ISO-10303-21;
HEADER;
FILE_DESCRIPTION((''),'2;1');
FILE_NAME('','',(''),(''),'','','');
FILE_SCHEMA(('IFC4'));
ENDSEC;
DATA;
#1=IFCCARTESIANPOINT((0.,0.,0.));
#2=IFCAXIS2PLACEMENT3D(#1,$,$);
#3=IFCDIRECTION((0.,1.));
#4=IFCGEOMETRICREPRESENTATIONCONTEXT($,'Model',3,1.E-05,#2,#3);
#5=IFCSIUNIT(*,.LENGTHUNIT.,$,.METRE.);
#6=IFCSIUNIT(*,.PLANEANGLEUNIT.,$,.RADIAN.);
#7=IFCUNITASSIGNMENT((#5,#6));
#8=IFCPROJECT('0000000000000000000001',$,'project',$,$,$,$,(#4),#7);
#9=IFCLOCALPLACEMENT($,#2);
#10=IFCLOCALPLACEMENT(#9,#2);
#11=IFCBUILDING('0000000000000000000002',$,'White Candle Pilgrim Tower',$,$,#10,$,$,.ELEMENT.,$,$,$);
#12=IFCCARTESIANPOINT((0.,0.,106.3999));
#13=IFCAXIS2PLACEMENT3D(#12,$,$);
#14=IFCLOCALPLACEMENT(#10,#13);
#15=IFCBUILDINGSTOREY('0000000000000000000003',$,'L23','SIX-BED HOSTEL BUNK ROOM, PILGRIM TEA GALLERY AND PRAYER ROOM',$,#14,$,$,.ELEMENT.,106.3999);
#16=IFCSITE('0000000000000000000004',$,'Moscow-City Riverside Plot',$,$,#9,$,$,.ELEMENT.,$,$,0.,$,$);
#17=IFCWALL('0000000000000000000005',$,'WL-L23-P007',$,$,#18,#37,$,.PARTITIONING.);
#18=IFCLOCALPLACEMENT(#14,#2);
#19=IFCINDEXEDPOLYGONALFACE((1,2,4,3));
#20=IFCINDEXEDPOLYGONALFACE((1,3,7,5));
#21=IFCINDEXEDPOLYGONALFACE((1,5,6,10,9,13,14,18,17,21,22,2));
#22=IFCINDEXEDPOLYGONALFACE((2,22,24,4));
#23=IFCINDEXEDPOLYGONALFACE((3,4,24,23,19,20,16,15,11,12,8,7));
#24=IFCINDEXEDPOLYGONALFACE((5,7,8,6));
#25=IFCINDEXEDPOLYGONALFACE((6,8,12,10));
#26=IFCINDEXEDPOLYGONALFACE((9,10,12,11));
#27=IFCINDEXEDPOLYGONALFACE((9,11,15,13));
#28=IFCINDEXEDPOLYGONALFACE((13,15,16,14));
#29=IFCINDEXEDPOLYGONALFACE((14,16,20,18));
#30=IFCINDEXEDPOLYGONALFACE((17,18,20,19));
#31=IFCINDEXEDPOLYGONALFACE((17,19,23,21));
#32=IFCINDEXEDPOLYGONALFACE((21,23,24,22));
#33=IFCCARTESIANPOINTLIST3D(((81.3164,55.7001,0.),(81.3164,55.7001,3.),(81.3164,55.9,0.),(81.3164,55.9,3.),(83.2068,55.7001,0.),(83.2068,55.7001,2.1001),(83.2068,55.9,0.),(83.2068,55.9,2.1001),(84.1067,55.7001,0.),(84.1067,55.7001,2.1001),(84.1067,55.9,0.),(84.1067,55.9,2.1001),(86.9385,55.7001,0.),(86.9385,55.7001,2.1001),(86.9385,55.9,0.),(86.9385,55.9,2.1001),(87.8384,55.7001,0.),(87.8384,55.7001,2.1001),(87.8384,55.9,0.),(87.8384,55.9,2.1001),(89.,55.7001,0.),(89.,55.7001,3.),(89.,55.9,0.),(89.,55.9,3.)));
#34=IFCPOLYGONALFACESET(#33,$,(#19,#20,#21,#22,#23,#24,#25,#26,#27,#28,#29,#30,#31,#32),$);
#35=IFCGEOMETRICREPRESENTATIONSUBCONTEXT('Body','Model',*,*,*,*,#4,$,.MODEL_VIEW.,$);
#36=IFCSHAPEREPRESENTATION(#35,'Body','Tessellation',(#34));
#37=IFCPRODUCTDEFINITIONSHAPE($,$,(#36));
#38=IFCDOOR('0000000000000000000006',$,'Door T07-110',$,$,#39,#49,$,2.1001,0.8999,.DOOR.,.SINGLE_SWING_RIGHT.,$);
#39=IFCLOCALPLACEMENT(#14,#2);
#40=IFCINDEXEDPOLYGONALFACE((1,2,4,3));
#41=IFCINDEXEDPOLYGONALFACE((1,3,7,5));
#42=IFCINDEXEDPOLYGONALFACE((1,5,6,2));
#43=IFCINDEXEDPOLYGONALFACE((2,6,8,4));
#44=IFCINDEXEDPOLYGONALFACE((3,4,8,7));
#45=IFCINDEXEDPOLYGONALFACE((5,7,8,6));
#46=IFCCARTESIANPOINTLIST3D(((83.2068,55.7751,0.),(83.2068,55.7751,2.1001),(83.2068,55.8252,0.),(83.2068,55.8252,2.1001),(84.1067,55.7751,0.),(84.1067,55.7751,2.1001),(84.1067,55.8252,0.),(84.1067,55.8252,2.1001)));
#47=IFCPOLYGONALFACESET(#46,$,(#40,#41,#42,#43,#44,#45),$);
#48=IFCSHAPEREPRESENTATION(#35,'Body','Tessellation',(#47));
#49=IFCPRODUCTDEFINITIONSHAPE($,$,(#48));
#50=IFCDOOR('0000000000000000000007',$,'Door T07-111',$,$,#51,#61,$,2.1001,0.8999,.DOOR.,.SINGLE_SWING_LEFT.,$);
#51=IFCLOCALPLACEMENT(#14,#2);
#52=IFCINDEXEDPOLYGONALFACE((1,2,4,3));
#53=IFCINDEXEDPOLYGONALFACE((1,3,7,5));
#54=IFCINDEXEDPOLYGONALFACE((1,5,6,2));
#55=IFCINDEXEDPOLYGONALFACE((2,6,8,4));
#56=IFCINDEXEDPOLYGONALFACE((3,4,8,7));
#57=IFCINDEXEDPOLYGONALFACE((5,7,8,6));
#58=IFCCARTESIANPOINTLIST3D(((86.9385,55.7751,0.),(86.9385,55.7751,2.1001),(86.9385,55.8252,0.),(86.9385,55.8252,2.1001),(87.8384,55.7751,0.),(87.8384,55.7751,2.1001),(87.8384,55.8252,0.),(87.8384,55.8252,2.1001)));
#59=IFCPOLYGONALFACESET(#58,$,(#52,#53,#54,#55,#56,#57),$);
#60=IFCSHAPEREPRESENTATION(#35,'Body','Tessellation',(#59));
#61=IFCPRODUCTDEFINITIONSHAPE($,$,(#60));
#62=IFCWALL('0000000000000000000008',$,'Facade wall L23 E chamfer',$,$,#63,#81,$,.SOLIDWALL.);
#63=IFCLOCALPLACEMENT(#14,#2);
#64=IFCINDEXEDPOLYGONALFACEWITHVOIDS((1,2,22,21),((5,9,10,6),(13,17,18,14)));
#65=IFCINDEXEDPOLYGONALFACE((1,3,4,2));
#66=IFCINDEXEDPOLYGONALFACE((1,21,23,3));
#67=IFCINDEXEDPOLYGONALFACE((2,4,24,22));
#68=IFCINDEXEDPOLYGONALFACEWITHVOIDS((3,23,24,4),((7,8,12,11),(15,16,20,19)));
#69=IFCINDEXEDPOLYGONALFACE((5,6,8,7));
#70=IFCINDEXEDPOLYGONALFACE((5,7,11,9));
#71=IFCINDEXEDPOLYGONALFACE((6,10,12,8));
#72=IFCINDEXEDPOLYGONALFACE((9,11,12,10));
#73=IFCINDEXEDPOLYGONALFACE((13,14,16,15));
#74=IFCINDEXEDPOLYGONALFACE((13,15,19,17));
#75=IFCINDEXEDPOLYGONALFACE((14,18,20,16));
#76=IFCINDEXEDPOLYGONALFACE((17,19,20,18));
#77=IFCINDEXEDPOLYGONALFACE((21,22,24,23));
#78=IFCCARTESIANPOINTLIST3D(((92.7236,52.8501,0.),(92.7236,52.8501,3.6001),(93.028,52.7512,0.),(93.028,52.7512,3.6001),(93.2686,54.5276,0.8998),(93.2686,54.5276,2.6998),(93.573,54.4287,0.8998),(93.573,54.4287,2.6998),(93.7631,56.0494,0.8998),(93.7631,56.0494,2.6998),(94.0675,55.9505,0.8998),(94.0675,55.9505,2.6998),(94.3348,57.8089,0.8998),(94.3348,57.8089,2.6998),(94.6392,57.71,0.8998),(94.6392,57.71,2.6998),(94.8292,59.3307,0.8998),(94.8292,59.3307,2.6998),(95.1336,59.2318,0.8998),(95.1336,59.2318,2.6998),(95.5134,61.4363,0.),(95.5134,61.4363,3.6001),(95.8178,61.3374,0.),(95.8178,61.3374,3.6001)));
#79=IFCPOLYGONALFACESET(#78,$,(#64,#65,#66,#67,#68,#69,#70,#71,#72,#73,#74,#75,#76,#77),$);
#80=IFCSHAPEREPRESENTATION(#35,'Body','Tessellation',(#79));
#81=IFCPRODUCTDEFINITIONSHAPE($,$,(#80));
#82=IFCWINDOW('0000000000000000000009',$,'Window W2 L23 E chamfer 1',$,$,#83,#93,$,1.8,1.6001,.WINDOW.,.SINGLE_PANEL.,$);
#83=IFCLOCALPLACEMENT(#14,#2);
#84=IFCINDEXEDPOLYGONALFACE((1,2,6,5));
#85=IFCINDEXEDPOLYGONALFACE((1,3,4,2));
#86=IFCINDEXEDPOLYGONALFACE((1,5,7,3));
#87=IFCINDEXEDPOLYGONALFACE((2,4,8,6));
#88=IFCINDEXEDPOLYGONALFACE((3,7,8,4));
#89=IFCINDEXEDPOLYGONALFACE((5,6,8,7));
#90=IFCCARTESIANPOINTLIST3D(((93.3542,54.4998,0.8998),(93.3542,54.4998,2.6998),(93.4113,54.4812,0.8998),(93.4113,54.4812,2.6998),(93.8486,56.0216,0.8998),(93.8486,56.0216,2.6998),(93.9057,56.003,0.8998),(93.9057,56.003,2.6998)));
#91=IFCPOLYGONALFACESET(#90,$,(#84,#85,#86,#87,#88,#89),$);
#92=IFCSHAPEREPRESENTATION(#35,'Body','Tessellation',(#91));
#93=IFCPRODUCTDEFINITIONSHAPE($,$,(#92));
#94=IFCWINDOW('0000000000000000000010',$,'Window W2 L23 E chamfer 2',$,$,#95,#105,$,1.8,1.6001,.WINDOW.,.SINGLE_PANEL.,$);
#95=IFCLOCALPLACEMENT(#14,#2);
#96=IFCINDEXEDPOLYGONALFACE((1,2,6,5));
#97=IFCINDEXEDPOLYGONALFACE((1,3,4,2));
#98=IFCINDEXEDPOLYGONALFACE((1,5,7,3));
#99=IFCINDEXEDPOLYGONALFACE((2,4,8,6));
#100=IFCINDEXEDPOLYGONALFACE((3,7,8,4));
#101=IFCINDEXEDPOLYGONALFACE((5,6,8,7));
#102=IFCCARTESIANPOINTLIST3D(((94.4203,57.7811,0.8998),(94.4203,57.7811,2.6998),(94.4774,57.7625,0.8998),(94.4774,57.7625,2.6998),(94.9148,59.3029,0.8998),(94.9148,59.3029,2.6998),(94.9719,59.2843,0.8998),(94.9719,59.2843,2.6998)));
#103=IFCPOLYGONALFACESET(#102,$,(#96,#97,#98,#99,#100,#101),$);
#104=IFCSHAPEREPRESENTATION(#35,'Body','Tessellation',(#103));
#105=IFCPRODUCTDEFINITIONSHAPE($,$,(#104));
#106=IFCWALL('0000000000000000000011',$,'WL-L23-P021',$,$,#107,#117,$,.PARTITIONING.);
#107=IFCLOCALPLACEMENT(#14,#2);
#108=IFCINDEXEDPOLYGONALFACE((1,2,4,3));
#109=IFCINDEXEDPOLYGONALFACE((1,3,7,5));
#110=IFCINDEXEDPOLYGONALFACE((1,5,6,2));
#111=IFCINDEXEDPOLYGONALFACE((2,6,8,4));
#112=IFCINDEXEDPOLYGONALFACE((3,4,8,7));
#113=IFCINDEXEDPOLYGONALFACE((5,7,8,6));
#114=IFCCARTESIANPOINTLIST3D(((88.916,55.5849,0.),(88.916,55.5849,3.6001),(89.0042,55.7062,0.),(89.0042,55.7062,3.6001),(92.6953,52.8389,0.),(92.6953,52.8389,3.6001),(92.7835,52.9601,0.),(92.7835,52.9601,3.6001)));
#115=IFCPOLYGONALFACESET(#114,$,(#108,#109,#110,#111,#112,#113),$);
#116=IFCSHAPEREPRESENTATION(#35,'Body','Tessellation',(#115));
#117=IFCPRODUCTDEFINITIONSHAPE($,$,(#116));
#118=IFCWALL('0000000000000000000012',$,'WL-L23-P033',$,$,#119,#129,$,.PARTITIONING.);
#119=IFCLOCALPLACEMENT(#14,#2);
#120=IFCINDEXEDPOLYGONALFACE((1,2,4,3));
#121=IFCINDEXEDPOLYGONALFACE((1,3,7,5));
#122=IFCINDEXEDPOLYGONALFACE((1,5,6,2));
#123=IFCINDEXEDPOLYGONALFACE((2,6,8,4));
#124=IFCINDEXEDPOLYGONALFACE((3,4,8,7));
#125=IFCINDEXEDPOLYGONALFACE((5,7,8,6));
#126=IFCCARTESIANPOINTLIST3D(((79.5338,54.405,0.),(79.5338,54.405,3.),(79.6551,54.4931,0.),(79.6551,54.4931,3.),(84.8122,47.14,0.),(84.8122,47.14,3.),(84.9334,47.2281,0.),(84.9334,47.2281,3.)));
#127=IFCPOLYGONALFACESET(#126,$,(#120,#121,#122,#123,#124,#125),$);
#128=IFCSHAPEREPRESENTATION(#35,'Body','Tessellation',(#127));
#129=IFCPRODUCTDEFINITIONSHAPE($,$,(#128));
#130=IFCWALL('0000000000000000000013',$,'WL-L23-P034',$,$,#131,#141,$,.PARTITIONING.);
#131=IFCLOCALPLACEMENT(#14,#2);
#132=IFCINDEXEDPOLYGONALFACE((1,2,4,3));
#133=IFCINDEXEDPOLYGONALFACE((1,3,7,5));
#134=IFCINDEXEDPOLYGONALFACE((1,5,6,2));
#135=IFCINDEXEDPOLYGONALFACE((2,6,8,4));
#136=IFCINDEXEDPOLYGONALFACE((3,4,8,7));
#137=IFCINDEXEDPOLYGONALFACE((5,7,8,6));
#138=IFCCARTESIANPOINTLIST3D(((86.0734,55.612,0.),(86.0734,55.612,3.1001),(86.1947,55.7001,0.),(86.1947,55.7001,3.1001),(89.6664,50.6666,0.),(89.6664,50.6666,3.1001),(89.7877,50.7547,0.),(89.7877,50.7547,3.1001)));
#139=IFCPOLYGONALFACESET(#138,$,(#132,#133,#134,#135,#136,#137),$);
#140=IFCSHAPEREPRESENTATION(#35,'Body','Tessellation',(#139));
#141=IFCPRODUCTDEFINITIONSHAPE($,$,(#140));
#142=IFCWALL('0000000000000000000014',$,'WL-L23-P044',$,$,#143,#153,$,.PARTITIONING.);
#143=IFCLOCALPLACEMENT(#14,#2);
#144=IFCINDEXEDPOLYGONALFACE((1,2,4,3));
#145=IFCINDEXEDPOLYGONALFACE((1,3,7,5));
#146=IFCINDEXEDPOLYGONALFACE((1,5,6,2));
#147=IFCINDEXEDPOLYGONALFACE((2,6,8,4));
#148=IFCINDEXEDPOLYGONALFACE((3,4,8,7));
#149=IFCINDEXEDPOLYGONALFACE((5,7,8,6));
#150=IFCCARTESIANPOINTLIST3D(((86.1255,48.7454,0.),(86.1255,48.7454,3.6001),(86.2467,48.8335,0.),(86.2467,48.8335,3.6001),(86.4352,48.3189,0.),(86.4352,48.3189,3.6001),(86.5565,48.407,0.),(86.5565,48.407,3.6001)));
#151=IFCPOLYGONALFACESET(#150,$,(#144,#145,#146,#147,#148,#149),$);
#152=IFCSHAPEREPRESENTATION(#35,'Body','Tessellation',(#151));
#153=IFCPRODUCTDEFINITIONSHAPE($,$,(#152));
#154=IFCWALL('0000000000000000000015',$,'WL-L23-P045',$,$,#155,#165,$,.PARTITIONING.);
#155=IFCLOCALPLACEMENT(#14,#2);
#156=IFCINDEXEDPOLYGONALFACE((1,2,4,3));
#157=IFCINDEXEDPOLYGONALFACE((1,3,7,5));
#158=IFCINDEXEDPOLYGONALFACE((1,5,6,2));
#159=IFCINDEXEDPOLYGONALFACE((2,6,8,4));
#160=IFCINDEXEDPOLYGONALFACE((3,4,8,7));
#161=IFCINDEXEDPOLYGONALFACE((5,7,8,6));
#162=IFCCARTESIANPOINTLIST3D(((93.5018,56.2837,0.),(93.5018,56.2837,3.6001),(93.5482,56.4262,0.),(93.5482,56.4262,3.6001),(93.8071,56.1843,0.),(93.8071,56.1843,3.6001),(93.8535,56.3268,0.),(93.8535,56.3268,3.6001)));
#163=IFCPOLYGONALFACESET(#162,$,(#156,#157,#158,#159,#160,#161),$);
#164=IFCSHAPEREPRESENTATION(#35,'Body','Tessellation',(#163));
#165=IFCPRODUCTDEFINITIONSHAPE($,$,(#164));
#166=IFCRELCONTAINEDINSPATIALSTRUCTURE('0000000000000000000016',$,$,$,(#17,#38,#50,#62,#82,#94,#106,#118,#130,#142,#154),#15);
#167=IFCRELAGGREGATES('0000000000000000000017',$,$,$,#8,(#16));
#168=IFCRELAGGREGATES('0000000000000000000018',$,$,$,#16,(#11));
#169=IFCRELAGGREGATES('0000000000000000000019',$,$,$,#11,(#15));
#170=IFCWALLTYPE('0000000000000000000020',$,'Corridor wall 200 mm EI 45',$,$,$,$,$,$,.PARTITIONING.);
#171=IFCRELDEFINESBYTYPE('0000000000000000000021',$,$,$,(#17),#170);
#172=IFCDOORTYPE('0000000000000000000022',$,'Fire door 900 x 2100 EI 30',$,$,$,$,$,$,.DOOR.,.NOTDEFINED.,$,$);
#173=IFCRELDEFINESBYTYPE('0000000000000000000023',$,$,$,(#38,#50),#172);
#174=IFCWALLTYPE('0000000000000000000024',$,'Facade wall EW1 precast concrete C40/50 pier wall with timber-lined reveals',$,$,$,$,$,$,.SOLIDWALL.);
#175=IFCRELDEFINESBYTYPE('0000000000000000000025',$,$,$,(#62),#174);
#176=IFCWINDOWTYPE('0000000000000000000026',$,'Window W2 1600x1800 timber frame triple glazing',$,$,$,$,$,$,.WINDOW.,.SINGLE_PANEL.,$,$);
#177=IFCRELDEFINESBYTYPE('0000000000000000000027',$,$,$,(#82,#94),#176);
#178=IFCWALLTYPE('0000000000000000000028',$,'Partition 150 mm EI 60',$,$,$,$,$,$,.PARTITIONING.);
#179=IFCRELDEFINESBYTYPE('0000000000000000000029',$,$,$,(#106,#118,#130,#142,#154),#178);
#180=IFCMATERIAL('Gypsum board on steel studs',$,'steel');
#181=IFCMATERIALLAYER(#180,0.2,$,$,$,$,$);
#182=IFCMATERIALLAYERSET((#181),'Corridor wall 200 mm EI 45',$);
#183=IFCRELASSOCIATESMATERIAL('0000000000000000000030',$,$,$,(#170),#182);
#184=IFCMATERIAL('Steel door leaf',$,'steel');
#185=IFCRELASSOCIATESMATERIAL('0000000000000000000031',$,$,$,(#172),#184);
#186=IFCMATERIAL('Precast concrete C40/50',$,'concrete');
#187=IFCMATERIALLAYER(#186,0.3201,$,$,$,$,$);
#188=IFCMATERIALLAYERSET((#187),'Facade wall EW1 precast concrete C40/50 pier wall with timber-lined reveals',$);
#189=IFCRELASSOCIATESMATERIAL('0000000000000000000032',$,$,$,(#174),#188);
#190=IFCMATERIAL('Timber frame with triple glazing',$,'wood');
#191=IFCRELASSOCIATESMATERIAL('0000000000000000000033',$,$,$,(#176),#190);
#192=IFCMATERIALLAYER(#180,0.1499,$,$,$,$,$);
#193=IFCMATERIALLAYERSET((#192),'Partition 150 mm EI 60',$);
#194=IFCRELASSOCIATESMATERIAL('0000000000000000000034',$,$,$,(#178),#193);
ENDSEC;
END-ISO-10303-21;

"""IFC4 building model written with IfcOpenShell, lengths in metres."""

from ifc_helpers import new_model, si_unit, direction, frame, frame_2d, origin, place, context, subcontext, project, spatial, rectangle, extrude, material, layer, layer_set, type_object, element, fill, save


model = new_model("IFC4")

# Units and contexts
model_context = context("Model", 3, precision=1e-05, world=origin(), true_north=direction((0.0, 1.0)))
body_context = subcontext(model_context, "Body", "Model", "MODEL_VIEW")
ifc_project = project(units=[si_unit("LENGTHUNIT", "METRE"), si_unit("PLANEANGLEUNIT", "RADIAN")], contexts=[model_context])

# Site, building, storey
site_placement = place(None, origin())
site = spatial("IfcSite", under=ifc_project, at=site_placement, Name="Moscow-City Riverside Plot", CompositionType="ELEMENT", RefElevation=0.0)
building_placement = place(site_placement, origin())
building = spatial("IfcBuilding", under=site, at=building_placement, Name="White Candle Pilgrim Tower", CompositionType="ELEMENT")
storey_placement = place(building_placement, frame((0.0, 0.0, 106.3999)))
storey = spatial("IfcBuildingStorey", under=building, at=storey_placement, Name="L23", Description="SIX-BED HOSTEL BUNK ROOM, PILGRIM TEA GALLERY AND PRAYER ROOM", CompositionType="ELEMENT", Elevation=106.3999)

# Wall, openings, doors
ifc_material_1 = material(Name="Gypsum board on steel studs", Category="steel")
ifc_layer_1 = layer(ifc_material_1, 0.2)
ifc_layer_set_1 = layer_set([ifc_layer_1], Name="Corridor wall 200 mm EI 45")
wall_type_1 = type_object("IfcWallType", Name="Corridor wall 200 mm EI 45", PredefinedType="PARTITIONING", material=ifc_layer_set_1)
wall_1_placement = place(storey_placement, frame((89.0, 55.8, 0.0), z_axis=(0.0, 0.0, 1.0), x_axis=(-1.0, 0.0, 0.0)))
wall_1 = element("IfcWall", 1, at=wall_1_placement, inside=storey, type_object=wall_type_1, Name="WL-L23-P007", PredefinedType="PARTITIONING", context=body_context, shape_type="SweptSolid", body=[
    extrude(rectangle(XDim=7.6836, YDim=0.2, at=frame_2d((3.8418, 0.0))), origin(), (0.0, 0.0, 1.0), 3.0),
])
opening_1_placement = place(wall_1_placement, frame((4.8933, 0.0, 0.0)))
opening_1 = element("IfcOpeningElement", 2, at=opening_1_placement, cuts=wall_1, PredefinedType="OPENING", context=body_context, shape_type="SweptSolid", body=[
    extrude(rectangle(XDim=0.8999, YDim=2.1001, at=frame_2d((0.45, 1.05))), frame((0.0, 0.1099, 0.0), z_axis=(0.0, -1.0, 0.0), x_axis=(1.0, 0.0, 0.0)), (0.0, 0.0, 1.0), 0.22),
])
opening_2_placement = place(wall_1_placement, frame((1.1616, 0.0, 0.0)))
opening_2 = element("IfcOpeningElement", 3, at=opening_2_placement, cuts=wall_1, PredefinedType="OPENING", context=body_context, shape_type="SweptSolid", body=[
    extrude(rectangle(XDim=0.8999, YDim=2.1001, at=frame_2d((0.45, 1.05))), frame((0.0, 0.1099, 0.0), z_axis=(0.0, -1.0, 0.0), x_axis=(1.0, 0.0, 0.0)), (0.0, 0.0, 1.0), 0.22),
])
ifc_material_2 = material(Name="Steel door leaf", Category="steel")
door_type = type_object("IfcDoorType", Name="Fire door 900 x 2100 EI 30", OperationType="NOTDEFINED", PredefinedType="DOOR", material=ifc_material_2)
door_1_placement = place(opening_1_placement, origin())
door_1 = element("IfcDoor", 4, at=door_1_placement, inside=storey, type_object=door_type, Name="Door T07-110", OperationType="SINGLE_SWING_RIGHT", OverallHeight=2.1001, OverallWidth=0.8999, PredefinedType="DOOR", context=body_context, shape_type="SweptSolid", body=[
    extrude(rectangle(XDim=0.8999, YDim=2.1001, at=frame_2d((0.45, 1.05))), frame((0.0, 0.0249, 0.0), z_axis=(0.0, -1.0, 0.0), x_axis=(1.0, 0.0, 0.0)), (0.0, 0.0, 1.0), 0.05),
])
fill(opening_1, door_1)
door_2_placement = place(opening_2_placement, origin())
door_2 = element("IfcDoor", 5, at=door_2_placement, inside=storey, type_object=door_type, Name="Door T07-111", OperationType="SINGLE_SWING_LEFT", OverallHeight=2.1001, OverallWidth=0.8999, PredefinedType="DOOR", context=body_context, shape_type="SweptSolid", body=[
    extrude(rectangle(XDim=0.8999, YDim=2.1001, at=frame_2d((0.45, 1.05))), frame((0.0, 0.0249, 0.0), z_axis=(0.0, -1.0, 0.0), x_axis=(1.0, 0.0, 0.0)), (0.0, 0.0, 1.0), 0.05),
])
fill(opening_2, door_2)

# Wall, openings, windows
ifc_material_3 = material(Name="Precast concrete C40/50", Category="concrete")
ifc_layer_2 = layer(ifc_material_3, 0.3201)
ifc_layer_set_2 = layer_set([ifc_layer_2], Name="Facade wall EW1 precast concrete C40/50 pier wall with timber-lined reveals")
wall_type_2 = type_object("IfcWallType", Name="Facade wall EW1 precast concrete C40/50 pier wall with timber-lined reveals", PredefinedType="SOLIDWALL", material=ifc_layer_set_2)
wall_2_placement = place(storey_placement, frame((92.8757, 52.8005, 0.0), z_axis=(0.0, 0.0, 1.0), x_axis=(0.309015, 0.951057, 0.0)))
wall_2 = element("IfcWall", 6, at=wall_2_placement, inside=storey, type_object=wall_type_2, Name="Facade wall L23 E chamfer", PredefinedType="SOLIDWALL", context=body_context, shape_type="SweptSolid", body=[
    extrude(rectangle(XDim=9.0281, YDim=0.3201, at=frame_2d((4.5142, 0.0))), origin(), (0.0, 0.0, 1.0), 3.6001),
])
opening_3_placement = place(wall_2_placement, frame((1.7639, 0.0, 0.8999)))
opening_3 = element("IfcOpeningElement", 7, at=opening_3_placement, cuts=wall_2, PredefinedType="OPENING", context=body_context, shape_type="SweptSolid", body=[
    extrude(rectangle(XDim=1.6001, YDim=1.8, at=frame_2d((0.8, 0.8999))), frame((0.0, 0.1699, 0.0), z_axis=(0.0, -1.0, 0.0), x_axis=(1.0, 0.0, 0.0)), (0.0, 0.0, 1.0), 0.3401),
])
opening_4_placement = place(wall_2_placement, frame((5.2141, 0.0, 0.8999)))
opening_4 = element("IfcOpeningElement", 8, at=opening_4_placement, cuts=wall_2, PredefinedType="OPENING", context=body_context, shape_type="SweptSolid", body=[
    extrude(rectangle(XDim=1.6001, YDim=1.8, at=frame_2d((0.8, 0.8999))), frame((0.0, 0.1699, 0.0), z_axis=(0.0, -1.0, 0.0), x_axis=(1.0, 0.0, 0.0)), (0.0, 0.0, 1.0), 0.3401),
])
ifc_material_4 = material(Name="Timber frame with triple glazing", Category="wood")
window_type = type_object("IfcWindowType", Name="Window W2 1600x1800 timber frame triple glazing", PartitioningType="SINGLE_PANEL", PredefinedType="WINDOW", material=ifc_material_4)
window_1_placement = place(opening_3_placement, origin())
window_1 = element("IfcWindow", 9, at=window_1_placement, inside=storey, type_object=window_type, Name="Window W2 L23 E chamfer 1", OverallHeight=1.8, OverallWidth=1.6001, PartitioningType="SINGLE_PANEL", PredefinedType="WINDOW", context=body_context, shape_type="SweptSolid", body=[
    extrude(rectangle(XDim=1.6001, YDim=1.8, at=frame_2d((0.8, 0.8999))), frame((0.0, 0.0701, 0.0), z_axis=(0.0, -1.0, 0.0), x_axis=(1.0, 0.0, 0.0)), (0.0, 0.0, 1.0), 0.0601),
])
fill(opening_3, window_1)
window_2_placement = place(opening_4_placement, origin())
window_2 = element("IfcWindow", 10, at=window_2_placement, inside=storey, type_object=window_type, Name="Window W2 L23 E chamfer 2", OverallHeight=1.8, OverallWidth=1.6001, PartitioningType="SINGLE_PANEL", PredefinedType="WINDOW", context=body_context, shape_type="SweptSolid", body=[
    extrude(rectangle(XDim=1.6001, YDim=1.8, at=frame_2d((0.8, 0.8999))), frame((0.0, 0.0701, 0.0), z_axis=(0.0, -1.0, 0.0), x_axis=(1.0, 0.0, 0.0)), (0.0, 0.0, 1.0), 0.0601),
])
fill(opening_4, window_2)

# Walls
ifc_layer_3 = layer(ifc_material_1, 0.1499)
ifc_layer_set_3 = layer_set([ifc_layer_3], Name="Partition 150 mm EI 60")
wall_type_3 = type_object("IfcWallType", Name="Partition 150 mm EI 60", PredefinedType="PARTITIONING", material=ifc_layer_set_3)
wall_3_placement = place(storey_placement, frame((92.7395, 52.8994, 0.0), z_axis=(0.0, 0.0, 1.0), x_axis=(-0.808989, 0.587824, 0.0)))
element("IfcWall", 11, at=wall_3_placement, inside=storey, type_object=wall_type_3, Name="WL-L23-P021", PredefinedType="PARTITIONING", context=body_context, shape_type="SweptSolid", body=[
    extrude(rectangle(XDim=4.6716, YDim=0.1499, at=frame_2d((2.3359, 0.0))), origin(), (0.0, 0.0, 1.0), 3.6001),
])
wall_4_placement = place(storey_placement, frame((84.8728, 47.1841, 0.0), z_axis=(0.0, 0.0, 1.0), x_axis=(-0.58779, 0.809013, 0.0)))
element("IfcWall", 12, at=wall_4_placement, inside=storey, type_object=wall_type_3, Name="WL-L23-P033", PredefinedType="PARTITIONING", context=body_context, shape_type="SweptSolid", body=[
    extrude(rectangle(XDim=8.98, YDim=0.1499, at=frame_2d((4.49, 0.0))), origin(), (0.0, 0.0, 1.0), 3.0),
])
wall_5_placement = place(storey_placement, frame((89.7271, 50.7107, 0.0), z_axis=(0.0, 0.0, 1.0), x_axis=(-0.587789, 0.809014, 0.0)))
element("IfcWall", 13, at=wall_5_placement, inside=storey, type_object=wall_type_3, Name="WL-L23-P034", PredefinedType="PARTITIONING", context=body_context, shape_type="SweptSolid", body=[
    extrude(rectangle(XDim=6.1128, YDim=0.1499, at=frame_2d((3.0564, 0.0))), origin(), (0.0, 0.0, 1.0), 3.1001),
])
wall_6_placement = place(storey_placement, frame((86.186, 48.7896, 0.0), z_axis=(0.0, 0.0, 1.0), x_axis=(0.587703, -0.809076, 0.0)))
element("IfcWall", 14, at=wall_6_placement, inside=storey, type_object=wall_type_3, Name="WL-L23-P044", PredefinedType="PARTITIONING", context=body_context, shape_type="SweptSolid", body=[
    extrude(rectangle(XDim=0.5271, YDim=0.1499, at=frame_2d((0.2637, 0.0))), origin(), (0.0, 0.0, 1.0), 3.6001),
])
wall_7_placement = place(storey_placement, frame((93.5249, 56.355, 0.0), z_axis=(0.0, 0.0, 1.0), x_axis=(0.950866, -0.309602, 0.0)))
element("IfcWall", 15, at=wall_7_placement, inside=storey, type_object=wall_type_3, Name="WL-L23-P045", PredefinedType="PARTITIONING", context=body_context, shape_type="SweptSolid", body=[
    extrude(rectangle(XDim=0.321, YDim=0.1499, at=frame_2d((0.1606, 0.0))), origin(), (0.0, 0.0, 1.0), 3.6001),
])

save(model, "model.ifc")
